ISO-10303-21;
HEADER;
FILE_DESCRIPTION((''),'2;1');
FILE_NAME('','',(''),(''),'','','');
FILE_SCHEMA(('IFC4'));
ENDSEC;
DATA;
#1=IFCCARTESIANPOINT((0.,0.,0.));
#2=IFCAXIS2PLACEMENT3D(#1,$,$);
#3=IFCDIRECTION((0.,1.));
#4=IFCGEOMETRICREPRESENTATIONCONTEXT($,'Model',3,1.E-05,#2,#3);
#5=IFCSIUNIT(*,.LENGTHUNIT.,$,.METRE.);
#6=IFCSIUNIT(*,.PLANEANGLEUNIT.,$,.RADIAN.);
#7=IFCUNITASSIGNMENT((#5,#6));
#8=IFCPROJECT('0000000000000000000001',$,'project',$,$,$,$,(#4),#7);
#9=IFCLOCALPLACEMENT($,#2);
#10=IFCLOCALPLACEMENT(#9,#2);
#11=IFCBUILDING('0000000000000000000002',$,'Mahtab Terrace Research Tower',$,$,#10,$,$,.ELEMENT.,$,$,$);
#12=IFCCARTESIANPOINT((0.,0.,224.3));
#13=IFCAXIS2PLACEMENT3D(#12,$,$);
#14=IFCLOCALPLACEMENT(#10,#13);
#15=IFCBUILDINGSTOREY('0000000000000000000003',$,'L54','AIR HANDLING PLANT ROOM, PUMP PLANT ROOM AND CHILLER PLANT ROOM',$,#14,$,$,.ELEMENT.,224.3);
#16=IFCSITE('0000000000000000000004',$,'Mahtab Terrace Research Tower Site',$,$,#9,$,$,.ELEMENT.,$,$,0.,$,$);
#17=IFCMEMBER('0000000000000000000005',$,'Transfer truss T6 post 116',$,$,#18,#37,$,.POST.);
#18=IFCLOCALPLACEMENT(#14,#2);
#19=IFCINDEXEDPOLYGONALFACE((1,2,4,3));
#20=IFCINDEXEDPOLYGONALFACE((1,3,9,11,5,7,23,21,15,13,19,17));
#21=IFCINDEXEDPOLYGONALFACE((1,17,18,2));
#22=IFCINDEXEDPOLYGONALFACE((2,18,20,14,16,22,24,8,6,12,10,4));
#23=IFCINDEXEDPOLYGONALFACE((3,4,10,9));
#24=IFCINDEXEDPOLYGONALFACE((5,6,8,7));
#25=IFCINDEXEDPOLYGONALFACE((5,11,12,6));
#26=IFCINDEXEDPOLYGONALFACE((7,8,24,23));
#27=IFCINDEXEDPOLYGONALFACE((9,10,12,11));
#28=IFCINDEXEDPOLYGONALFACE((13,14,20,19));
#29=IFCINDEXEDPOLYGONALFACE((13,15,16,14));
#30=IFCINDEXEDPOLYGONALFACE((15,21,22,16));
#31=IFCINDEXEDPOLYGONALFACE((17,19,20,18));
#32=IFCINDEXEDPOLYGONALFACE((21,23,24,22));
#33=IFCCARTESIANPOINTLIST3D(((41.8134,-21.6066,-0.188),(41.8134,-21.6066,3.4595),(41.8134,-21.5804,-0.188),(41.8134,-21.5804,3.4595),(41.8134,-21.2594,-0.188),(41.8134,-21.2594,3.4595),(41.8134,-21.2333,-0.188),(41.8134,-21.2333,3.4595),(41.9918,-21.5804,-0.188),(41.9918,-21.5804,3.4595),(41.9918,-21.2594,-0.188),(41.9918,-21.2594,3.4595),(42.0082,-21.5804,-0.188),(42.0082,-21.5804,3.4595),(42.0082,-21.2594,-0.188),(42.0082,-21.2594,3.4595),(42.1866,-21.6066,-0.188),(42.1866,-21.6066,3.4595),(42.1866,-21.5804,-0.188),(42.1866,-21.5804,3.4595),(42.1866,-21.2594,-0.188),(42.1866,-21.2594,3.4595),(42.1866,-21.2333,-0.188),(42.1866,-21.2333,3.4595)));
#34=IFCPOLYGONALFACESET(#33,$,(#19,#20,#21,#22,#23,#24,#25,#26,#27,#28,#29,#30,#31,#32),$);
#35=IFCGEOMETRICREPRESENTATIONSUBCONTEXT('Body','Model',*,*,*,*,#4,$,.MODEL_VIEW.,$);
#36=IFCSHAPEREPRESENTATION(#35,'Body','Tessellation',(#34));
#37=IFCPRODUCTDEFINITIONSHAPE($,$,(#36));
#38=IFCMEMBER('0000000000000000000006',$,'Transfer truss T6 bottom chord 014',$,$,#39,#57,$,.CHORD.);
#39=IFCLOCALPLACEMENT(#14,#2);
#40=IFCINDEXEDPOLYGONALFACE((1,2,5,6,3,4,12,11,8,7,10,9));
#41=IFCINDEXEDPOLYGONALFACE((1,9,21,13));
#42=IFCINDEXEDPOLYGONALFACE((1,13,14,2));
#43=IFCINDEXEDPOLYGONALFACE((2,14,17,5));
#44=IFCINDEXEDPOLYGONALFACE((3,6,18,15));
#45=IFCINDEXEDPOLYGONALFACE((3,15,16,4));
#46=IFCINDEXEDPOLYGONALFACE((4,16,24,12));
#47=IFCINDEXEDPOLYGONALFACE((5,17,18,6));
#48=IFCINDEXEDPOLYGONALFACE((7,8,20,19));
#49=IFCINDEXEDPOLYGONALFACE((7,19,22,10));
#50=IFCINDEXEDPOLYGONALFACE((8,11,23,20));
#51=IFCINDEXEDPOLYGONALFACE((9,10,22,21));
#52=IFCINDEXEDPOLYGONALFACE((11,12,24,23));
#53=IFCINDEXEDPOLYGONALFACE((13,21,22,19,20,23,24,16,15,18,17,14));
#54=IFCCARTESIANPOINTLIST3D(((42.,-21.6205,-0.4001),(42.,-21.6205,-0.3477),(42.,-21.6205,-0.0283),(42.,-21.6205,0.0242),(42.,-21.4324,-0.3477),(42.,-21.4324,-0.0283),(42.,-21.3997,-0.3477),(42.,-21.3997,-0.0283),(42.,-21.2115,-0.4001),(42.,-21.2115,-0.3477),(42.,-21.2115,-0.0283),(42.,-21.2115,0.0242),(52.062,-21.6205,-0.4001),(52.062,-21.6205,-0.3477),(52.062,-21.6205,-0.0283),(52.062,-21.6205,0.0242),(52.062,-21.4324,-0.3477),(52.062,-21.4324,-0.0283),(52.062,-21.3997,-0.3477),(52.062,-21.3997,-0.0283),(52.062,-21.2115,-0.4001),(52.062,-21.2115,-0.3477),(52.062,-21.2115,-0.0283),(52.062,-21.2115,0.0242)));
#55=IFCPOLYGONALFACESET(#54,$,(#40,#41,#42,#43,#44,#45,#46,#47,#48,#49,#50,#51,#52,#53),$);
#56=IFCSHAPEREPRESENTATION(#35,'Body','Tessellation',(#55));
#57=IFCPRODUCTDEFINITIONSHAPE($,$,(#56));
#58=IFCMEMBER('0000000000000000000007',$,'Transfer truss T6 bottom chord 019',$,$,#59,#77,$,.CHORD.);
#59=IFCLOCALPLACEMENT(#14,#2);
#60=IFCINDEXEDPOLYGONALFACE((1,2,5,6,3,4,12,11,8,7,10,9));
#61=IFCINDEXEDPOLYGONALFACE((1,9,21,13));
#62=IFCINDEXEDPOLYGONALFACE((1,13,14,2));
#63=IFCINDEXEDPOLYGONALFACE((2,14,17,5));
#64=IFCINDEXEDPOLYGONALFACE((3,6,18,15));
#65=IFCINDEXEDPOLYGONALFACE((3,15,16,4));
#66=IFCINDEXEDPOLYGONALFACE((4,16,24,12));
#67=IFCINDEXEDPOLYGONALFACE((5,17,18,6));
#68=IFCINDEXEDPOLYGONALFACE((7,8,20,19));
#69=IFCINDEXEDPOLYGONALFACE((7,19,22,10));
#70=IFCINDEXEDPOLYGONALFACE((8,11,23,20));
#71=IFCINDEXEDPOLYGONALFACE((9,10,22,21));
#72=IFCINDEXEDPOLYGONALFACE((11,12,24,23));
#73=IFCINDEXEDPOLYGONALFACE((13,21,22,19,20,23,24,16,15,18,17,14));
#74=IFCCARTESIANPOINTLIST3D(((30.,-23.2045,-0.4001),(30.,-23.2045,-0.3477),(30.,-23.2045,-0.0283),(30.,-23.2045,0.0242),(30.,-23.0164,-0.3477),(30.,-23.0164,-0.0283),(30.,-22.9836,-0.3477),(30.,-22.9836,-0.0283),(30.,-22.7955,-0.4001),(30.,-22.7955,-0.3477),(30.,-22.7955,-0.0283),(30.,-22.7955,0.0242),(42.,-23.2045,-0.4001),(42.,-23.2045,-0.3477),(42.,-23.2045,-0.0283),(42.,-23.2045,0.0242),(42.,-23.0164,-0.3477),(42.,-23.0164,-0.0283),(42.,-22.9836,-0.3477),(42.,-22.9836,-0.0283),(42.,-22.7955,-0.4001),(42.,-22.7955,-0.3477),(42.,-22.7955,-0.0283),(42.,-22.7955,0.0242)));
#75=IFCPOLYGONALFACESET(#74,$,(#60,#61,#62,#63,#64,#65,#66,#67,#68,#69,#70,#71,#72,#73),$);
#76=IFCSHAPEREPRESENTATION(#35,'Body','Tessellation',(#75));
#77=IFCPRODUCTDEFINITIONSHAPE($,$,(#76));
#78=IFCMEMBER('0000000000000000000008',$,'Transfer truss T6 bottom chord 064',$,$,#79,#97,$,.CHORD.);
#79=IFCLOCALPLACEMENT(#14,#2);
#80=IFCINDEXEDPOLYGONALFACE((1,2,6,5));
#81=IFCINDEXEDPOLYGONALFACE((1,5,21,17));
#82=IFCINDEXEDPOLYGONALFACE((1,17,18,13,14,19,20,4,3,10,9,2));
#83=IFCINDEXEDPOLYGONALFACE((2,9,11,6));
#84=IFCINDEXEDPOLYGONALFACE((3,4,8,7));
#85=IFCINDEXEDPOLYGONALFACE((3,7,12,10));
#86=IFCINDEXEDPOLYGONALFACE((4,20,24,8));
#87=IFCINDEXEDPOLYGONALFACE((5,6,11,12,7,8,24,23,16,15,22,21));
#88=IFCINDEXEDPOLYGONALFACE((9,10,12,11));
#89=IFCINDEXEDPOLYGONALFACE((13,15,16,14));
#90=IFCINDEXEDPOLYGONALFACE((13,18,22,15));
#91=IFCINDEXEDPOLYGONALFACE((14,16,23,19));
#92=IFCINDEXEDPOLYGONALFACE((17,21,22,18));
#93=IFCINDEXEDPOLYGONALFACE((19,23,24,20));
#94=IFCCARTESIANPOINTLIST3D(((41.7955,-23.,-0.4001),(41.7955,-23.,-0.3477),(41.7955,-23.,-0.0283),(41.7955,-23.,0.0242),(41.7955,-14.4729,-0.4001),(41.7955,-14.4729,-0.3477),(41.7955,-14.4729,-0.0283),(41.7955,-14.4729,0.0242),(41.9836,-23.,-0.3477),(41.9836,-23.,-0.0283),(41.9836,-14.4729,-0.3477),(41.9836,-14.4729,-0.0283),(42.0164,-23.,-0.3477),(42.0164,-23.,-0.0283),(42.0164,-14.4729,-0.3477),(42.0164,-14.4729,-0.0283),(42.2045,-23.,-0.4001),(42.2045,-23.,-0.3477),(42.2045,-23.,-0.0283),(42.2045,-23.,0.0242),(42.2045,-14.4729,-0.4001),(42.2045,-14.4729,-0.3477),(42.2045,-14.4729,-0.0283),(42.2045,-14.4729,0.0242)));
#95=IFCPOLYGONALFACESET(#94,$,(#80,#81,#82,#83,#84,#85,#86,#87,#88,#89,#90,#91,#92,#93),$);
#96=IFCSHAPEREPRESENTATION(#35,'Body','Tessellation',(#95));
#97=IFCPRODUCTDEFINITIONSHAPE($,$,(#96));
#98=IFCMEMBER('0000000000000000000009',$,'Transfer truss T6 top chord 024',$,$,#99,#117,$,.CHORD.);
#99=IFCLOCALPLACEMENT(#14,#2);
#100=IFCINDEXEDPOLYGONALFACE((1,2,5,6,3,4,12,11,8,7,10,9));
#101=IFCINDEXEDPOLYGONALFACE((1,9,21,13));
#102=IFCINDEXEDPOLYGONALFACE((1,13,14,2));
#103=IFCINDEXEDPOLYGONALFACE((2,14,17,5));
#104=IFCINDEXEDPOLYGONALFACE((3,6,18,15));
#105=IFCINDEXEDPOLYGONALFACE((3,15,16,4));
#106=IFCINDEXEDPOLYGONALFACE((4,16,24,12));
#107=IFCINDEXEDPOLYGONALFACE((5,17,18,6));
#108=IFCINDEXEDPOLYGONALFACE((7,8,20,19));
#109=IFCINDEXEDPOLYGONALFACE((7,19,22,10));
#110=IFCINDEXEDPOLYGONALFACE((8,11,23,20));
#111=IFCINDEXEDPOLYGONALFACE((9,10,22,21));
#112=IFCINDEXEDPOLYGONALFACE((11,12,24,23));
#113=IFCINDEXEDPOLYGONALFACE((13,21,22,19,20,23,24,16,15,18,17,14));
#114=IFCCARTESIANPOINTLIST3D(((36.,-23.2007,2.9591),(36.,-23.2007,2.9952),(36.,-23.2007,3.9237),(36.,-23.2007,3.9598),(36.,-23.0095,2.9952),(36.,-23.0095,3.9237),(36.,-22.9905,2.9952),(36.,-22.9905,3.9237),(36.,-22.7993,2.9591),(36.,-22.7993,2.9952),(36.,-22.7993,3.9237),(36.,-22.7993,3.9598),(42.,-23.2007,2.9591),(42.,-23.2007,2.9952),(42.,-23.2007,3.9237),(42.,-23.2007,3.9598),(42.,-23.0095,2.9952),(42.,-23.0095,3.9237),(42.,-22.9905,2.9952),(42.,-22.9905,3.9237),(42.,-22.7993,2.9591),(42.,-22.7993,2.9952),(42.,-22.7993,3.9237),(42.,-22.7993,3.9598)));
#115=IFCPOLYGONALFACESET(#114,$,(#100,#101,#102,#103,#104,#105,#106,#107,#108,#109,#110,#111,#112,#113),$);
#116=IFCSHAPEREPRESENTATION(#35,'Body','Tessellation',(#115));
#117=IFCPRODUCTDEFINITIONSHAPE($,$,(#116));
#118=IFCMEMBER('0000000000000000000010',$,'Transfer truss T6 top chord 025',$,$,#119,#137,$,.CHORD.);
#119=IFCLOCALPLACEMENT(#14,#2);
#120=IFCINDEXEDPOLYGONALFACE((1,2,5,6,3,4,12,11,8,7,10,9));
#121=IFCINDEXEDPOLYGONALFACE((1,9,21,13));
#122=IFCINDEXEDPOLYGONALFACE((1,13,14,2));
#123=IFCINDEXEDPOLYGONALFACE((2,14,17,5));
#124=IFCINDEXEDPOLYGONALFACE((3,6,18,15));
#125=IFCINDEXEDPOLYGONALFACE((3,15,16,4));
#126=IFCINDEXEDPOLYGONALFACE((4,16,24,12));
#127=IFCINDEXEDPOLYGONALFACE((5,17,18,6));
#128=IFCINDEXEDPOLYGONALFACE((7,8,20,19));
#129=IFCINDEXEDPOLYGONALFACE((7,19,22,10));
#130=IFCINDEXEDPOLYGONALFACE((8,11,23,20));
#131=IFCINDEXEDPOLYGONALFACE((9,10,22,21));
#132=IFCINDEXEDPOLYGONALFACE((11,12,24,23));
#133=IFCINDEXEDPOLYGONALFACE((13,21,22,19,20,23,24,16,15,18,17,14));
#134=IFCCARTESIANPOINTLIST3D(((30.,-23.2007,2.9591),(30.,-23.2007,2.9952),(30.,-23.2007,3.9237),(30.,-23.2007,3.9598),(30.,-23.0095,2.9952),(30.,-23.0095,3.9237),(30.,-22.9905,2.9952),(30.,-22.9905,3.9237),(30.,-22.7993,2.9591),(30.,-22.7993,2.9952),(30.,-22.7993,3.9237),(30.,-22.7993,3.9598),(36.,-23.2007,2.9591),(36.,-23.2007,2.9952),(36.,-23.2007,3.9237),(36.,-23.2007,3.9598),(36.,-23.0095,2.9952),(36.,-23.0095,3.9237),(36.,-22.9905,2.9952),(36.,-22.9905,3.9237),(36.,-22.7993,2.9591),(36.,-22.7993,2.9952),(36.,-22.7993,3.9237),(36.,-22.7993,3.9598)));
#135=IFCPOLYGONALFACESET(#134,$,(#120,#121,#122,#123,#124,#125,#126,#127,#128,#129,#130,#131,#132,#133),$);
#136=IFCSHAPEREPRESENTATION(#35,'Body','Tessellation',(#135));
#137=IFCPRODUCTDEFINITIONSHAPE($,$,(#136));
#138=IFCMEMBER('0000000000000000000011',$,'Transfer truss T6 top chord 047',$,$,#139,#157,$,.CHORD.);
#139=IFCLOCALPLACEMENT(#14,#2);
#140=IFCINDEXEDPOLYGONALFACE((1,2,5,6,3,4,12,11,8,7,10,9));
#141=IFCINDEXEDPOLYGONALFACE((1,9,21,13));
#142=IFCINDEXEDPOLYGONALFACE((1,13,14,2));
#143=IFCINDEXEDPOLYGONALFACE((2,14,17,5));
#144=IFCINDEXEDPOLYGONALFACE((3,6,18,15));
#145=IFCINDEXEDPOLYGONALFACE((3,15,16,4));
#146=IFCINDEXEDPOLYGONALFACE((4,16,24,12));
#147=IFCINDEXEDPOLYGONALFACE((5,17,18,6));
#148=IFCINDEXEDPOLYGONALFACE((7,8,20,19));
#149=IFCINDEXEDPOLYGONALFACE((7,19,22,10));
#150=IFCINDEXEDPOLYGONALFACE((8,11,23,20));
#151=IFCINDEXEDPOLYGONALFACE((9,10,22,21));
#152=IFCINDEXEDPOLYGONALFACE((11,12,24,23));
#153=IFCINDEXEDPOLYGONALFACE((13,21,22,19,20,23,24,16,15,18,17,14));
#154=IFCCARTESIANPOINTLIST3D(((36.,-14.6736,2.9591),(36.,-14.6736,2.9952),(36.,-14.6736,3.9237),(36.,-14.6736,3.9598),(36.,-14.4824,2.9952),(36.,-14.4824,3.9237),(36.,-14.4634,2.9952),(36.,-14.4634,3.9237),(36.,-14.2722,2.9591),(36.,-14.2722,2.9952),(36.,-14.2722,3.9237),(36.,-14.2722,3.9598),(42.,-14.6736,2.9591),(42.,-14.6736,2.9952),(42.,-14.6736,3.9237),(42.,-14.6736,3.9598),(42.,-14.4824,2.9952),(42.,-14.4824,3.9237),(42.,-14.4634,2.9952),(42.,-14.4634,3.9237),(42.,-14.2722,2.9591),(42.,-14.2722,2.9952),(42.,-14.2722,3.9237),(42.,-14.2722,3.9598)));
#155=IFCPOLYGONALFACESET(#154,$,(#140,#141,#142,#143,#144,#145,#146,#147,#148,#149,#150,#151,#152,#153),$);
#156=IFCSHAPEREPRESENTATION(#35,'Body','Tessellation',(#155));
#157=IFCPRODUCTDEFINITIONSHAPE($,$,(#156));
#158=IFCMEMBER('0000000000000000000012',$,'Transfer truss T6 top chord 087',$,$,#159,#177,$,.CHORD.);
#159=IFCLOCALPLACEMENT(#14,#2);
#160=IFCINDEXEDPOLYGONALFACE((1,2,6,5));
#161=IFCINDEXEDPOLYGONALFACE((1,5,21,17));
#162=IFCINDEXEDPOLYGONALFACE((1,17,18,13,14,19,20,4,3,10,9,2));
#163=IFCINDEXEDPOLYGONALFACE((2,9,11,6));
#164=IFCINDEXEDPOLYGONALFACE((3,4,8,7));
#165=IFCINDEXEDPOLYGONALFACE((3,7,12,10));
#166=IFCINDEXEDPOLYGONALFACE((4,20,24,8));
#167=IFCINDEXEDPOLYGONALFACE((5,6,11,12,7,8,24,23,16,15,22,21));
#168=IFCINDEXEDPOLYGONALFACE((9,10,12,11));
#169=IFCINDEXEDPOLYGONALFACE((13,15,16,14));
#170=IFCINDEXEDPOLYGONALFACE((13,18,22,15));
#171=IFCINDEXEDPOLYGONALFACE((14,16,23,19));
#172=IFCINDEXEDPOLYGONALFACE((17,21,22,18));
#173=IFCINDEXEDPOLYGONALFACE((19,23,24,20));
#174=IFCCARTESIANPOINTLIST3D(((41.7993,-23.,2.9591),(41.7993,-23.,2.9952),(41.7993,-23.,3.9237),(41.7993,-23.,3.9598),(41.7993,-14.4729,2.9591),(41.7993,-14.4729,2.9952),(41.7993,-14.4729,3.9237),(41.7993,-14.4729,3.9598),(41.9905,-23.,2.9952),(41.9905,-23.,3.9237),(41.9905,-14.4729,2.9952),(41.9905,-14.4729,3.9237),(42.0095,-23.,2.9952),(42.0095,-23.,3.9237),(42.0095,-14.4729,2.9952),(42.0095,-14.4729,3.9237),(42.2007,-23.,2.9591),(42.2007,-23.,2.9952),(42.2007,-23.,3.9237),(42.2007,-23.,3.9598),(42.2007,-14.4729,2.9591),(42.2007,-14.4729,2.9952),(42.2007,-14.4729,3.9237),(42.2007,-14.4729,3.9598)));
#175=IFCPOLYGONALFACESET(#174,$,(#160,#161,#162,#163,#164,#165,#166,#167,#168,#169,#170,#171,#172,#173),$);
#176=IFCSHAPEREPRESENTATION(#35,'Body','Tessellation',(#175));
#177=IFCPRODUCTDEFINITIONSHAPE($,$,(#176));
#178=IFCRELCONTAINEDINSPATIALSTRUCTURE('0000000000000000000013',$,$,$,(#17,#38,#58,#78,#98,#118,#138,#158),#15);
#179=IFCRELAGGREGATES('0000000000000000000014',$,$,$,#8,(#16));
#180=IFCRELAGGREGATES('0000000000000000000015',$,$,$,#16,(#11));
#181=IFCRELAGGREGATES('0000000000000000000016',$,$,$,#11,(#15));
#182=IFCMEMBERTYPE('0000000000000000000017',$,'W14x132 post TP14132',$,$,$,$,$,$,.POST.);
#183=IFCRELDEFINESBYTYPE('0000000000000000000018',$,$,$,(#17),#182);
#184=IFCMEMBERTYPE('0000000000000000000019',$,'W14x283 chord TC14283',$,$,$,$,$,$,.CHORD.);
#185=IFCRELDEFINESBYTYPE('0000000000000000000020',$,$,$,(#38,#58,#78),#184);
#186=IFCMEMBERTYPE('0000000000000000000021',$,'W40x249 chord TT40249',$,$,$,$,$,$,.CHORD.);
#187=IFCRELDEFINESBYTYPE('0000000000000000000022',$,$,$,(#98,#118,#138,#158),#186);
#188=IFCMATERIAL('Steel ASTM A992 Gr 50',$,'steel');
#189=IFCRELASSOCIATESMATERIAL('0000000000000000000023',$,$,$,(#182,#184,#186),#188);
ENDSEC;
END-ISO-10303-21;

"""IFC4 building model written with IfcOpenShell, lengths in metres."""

from ifc_helpers import new_model, si_unit, direction, frame, origin, origin_2d, place, context, subcontext, project, spatial, i_section, extrude, material, material_profile, profile_set, type_object, element, save


model = new_model("IFC4")

# Units and contexts
model_context = context("Model", 3, precision=1e-05, world=origin(), true_north=direction((0.0, 1.0)))
body_context = subcontext(model_context, "Body", "Model", "MODEL_VIEW")
ifc_project = project(units=[si_unit("LENGTHUNIT", "METRE"), si_unit("PLANEANGLEUNIT", "RADIAN")], contexts=[model_context])

# Site, building, storey
site_placement = place(None, origin())
site = spatial("IfcSite", under=ifc_project, at=site_placement, Name="Mahtab Terrace Research Tower Site", CompositionType="ELEMENT", RefElevation=0.0)
building_placement = place(site_placement, origin())
building = spatial("IfcBuilding", under=site, at=building_placement, Name="Mahtab Terrace Research Tower", CompositionType="ELEMENT")
storey_placement = place(building_placement, frame((0.0, 0.0, 224.3)))
storey = spatial("IfcBuildingStorey", under=building, at=storey_placement, Name="L54", Description="AIR HANDLING PLANT ROOM, PUMP PLANT ROOM AND CHILLER PLANT ROOM", CompositionType="ELEMENT", Elevation=224.3)

# Members
ifc_material_1 = material(Name="Steel ASTM A992 Gr 50", Category="steel")
ifc_material_profile_1 = material_profile(ifc_material_1, i_section(OverallWidth=0.3733, OverallDepth=0.3733, WebThickness=0.0164, FlangeThickness=0.0261, at=origin_2d()), Name="W14X132")
ifc_profile_set_1 = profile_set([ifc_material_profile_1], Name="Steel ASTM A992 Gr 50")
member_type_1 = type_object("IfcMemberType", Name="W14x132 post TP14132", PredefinedType="POST", material=ifc_profile_set_1)
for number, where, z_axis, x_axis, name in (
    (1, (42.0, -21.4199, -0.188), (0.0, 0.0, 1.0), (1.0, 0.0, 0.0), "Transfer truss T6 post 116"),
):
    element("IfcMember", number, at=place(storey_placement, frame(where, z_axis=z_axis, x_axis=x_axis)), inside=storey, type_object=member_type_1, Name=name, PredefinedType="POST", context=body_context, shape_type="SweptSolid", body=[
        extrude(i_section(OverallWidth=0.3733, OverallDepth=0.3733, WebThickness=0.0164, FlangeThickness=0.0261, at=origin_2d()), origin(), (0.0, 0.0, 1.0), 3.6475),
    ])
ifc_material_profile_2 = material_profile(ifc_material_1, i_section(OverallWidth=0.4089, OverallDepth=0.4243, WebThickness=0.0327, FlangeThickness=0.0525, at=origin_2d()), Name="W14X283")
ifc_profile_set_2 = profile_set([ifc_material_profile_2], Name="Steel ASTM A992 Gr 50")
member_type_2 = type_object("IfcMemberType", Name="W14x283 chord TC14283", PredefinedType="CHORD", material=ifc_profile_set_2)
member_1_placement = place(storey_placement, frame((42.0, -21.416, -0.188), z_axis=(1.0, 0.0, 0.0), x_axis=(0.0, 1.0, 0.0)))
element("IfcMember", 2, at=member_1_placement, inside=storey, type_object=member_type_2, Name="Transfer truss T6 bottom chord 014", PredefinedType="CHORD", context=body_context, shape_type="SweptSolid", body=[
    extrude(i_section(OverallWidth=0.4089, OverallDepth=0.4243, WebThickness=0.0327, FlangeThickness=0.0525, at=origin_2d()), origin(), (0.0, 0.0, 1.0), 10.062),
])
member_2_placement = place(storey_placement, frame((42.0, -23.0, -0.188), z_axis=(-1.0, 0.0, 0.0), x_axis=(0.0, -1.0, 0.0)))
element("IfcMember", 3, at=member_2_placement, inside=storey, type_object=member_type_2, Name="Transfer truss T6 bottom chord 019", PredefinedType="CHORD", context=body_context, shape_type="SweptSolid", body=[
    extrude(i_section(OverallWidth=0.4089, OverallDepth=0.4243, WebThickness=0.0327, FlangeThickness=0.0525, at=origin_2d()), origin(), (0.0, 0.0, 1.0), 12.0),
])
member_3_placement = place(storey_placement, frame((42.0, -23.0, -0.188), z_axis=(0.0, 1.0, 0.0), x_axis=(-1.0, 0.0, 0.0)))
element("IfcMember", 4, at=member_3_placement, inside=storey, type_object=member_type_2, Name="Transfer truss T6 bottom chord 064", PredefinedType="CHORD", context=body_context, shape_type="SweptSolid", body=[
    extrude(i_section(OverallWidth=0.4089, OverallDepth=0.4243, WebThickness=0.0327, FlangeThickness=0.0525, at=origin_2d()), origin(), (0.0, 0.0, 1.0), 8.5271),
])
ifc_material_profile_3 = material_profile(ifc_material_1, i_section(OverallWidth=0.4014, OverallDepth=1.0007, WebThickness=0.019, FlangeThickness=0.0361, at=origin_2d()), Name="W40X249")
ifc_profile_set_3 = profile_set([ifc_material_profile_3], Name="Steel ASTM A992 Gr 50")
member_type_3 = type_object("IfcMemberType", Name="W40x249 chord TT40249", PredefinedType="CHORD", material=ifc_profile_set_3)
for number, where, z_axis, x_axis, name in (
    (5, (42.0, -23.0, 3.4595), (-1.0, 0.0, 0.0), (0.0, -1.0, 0.0), "Transfer truss T6 top chord 024"),
    (6, (36.0, -23.0, 3.4595), (-1.0, 0.0, 0.0), (0.0, -1.0, 0.0), "Transfer truss T6 top chord 025"),
    (7, (36.0, -14.4729, 3.4595), (1.0, 0.0, 0.0), (0.0, 1.0, 0.0), "Transfer truss T6 top chord 047"),
):
    element("IfcMember", number, at=place(storey_placement, frame(where, z_axis=z_axis, x_axis=x_axis)), inside=storey, type_object=member_type_3, Name=name, PredefinedType="CHORD", context=body_context, shape_type="SweptSolid", body=[
        extrude(i_section(OverallWidth=0.4014, OverallDepth=1.0007, WebThickness=0.019, FlangeThickness=0.0361, at=origin_2d()), origin(), (0.0, 0.0, 1.0), 6.0),
    ])
member_4_placement = place(storey_placement, frame((42.0, -23.0, 3.4595), z_axis=(0.0, 1.0, 0.0), x_axis=(-1.0, 0.0, 0.0)))
element("IfcMember", 8, at=member_4_placement, inside=storey, type_object=member_type_3, Name="Transfer truss T6 top chord 087", PredefinedType="CHORD", context=body_context, shape_type="SweptSolid", body=[
    extrude(i_section(OverallWidth=0.4014, OverallDepth=1.0007, WebThickness=0.019, FlangeThickness=0.0361, at=origin_2d()), origin(), (0.0, 0.0, 1.0), 8.5271),
])

save(model, "model.ifc")
